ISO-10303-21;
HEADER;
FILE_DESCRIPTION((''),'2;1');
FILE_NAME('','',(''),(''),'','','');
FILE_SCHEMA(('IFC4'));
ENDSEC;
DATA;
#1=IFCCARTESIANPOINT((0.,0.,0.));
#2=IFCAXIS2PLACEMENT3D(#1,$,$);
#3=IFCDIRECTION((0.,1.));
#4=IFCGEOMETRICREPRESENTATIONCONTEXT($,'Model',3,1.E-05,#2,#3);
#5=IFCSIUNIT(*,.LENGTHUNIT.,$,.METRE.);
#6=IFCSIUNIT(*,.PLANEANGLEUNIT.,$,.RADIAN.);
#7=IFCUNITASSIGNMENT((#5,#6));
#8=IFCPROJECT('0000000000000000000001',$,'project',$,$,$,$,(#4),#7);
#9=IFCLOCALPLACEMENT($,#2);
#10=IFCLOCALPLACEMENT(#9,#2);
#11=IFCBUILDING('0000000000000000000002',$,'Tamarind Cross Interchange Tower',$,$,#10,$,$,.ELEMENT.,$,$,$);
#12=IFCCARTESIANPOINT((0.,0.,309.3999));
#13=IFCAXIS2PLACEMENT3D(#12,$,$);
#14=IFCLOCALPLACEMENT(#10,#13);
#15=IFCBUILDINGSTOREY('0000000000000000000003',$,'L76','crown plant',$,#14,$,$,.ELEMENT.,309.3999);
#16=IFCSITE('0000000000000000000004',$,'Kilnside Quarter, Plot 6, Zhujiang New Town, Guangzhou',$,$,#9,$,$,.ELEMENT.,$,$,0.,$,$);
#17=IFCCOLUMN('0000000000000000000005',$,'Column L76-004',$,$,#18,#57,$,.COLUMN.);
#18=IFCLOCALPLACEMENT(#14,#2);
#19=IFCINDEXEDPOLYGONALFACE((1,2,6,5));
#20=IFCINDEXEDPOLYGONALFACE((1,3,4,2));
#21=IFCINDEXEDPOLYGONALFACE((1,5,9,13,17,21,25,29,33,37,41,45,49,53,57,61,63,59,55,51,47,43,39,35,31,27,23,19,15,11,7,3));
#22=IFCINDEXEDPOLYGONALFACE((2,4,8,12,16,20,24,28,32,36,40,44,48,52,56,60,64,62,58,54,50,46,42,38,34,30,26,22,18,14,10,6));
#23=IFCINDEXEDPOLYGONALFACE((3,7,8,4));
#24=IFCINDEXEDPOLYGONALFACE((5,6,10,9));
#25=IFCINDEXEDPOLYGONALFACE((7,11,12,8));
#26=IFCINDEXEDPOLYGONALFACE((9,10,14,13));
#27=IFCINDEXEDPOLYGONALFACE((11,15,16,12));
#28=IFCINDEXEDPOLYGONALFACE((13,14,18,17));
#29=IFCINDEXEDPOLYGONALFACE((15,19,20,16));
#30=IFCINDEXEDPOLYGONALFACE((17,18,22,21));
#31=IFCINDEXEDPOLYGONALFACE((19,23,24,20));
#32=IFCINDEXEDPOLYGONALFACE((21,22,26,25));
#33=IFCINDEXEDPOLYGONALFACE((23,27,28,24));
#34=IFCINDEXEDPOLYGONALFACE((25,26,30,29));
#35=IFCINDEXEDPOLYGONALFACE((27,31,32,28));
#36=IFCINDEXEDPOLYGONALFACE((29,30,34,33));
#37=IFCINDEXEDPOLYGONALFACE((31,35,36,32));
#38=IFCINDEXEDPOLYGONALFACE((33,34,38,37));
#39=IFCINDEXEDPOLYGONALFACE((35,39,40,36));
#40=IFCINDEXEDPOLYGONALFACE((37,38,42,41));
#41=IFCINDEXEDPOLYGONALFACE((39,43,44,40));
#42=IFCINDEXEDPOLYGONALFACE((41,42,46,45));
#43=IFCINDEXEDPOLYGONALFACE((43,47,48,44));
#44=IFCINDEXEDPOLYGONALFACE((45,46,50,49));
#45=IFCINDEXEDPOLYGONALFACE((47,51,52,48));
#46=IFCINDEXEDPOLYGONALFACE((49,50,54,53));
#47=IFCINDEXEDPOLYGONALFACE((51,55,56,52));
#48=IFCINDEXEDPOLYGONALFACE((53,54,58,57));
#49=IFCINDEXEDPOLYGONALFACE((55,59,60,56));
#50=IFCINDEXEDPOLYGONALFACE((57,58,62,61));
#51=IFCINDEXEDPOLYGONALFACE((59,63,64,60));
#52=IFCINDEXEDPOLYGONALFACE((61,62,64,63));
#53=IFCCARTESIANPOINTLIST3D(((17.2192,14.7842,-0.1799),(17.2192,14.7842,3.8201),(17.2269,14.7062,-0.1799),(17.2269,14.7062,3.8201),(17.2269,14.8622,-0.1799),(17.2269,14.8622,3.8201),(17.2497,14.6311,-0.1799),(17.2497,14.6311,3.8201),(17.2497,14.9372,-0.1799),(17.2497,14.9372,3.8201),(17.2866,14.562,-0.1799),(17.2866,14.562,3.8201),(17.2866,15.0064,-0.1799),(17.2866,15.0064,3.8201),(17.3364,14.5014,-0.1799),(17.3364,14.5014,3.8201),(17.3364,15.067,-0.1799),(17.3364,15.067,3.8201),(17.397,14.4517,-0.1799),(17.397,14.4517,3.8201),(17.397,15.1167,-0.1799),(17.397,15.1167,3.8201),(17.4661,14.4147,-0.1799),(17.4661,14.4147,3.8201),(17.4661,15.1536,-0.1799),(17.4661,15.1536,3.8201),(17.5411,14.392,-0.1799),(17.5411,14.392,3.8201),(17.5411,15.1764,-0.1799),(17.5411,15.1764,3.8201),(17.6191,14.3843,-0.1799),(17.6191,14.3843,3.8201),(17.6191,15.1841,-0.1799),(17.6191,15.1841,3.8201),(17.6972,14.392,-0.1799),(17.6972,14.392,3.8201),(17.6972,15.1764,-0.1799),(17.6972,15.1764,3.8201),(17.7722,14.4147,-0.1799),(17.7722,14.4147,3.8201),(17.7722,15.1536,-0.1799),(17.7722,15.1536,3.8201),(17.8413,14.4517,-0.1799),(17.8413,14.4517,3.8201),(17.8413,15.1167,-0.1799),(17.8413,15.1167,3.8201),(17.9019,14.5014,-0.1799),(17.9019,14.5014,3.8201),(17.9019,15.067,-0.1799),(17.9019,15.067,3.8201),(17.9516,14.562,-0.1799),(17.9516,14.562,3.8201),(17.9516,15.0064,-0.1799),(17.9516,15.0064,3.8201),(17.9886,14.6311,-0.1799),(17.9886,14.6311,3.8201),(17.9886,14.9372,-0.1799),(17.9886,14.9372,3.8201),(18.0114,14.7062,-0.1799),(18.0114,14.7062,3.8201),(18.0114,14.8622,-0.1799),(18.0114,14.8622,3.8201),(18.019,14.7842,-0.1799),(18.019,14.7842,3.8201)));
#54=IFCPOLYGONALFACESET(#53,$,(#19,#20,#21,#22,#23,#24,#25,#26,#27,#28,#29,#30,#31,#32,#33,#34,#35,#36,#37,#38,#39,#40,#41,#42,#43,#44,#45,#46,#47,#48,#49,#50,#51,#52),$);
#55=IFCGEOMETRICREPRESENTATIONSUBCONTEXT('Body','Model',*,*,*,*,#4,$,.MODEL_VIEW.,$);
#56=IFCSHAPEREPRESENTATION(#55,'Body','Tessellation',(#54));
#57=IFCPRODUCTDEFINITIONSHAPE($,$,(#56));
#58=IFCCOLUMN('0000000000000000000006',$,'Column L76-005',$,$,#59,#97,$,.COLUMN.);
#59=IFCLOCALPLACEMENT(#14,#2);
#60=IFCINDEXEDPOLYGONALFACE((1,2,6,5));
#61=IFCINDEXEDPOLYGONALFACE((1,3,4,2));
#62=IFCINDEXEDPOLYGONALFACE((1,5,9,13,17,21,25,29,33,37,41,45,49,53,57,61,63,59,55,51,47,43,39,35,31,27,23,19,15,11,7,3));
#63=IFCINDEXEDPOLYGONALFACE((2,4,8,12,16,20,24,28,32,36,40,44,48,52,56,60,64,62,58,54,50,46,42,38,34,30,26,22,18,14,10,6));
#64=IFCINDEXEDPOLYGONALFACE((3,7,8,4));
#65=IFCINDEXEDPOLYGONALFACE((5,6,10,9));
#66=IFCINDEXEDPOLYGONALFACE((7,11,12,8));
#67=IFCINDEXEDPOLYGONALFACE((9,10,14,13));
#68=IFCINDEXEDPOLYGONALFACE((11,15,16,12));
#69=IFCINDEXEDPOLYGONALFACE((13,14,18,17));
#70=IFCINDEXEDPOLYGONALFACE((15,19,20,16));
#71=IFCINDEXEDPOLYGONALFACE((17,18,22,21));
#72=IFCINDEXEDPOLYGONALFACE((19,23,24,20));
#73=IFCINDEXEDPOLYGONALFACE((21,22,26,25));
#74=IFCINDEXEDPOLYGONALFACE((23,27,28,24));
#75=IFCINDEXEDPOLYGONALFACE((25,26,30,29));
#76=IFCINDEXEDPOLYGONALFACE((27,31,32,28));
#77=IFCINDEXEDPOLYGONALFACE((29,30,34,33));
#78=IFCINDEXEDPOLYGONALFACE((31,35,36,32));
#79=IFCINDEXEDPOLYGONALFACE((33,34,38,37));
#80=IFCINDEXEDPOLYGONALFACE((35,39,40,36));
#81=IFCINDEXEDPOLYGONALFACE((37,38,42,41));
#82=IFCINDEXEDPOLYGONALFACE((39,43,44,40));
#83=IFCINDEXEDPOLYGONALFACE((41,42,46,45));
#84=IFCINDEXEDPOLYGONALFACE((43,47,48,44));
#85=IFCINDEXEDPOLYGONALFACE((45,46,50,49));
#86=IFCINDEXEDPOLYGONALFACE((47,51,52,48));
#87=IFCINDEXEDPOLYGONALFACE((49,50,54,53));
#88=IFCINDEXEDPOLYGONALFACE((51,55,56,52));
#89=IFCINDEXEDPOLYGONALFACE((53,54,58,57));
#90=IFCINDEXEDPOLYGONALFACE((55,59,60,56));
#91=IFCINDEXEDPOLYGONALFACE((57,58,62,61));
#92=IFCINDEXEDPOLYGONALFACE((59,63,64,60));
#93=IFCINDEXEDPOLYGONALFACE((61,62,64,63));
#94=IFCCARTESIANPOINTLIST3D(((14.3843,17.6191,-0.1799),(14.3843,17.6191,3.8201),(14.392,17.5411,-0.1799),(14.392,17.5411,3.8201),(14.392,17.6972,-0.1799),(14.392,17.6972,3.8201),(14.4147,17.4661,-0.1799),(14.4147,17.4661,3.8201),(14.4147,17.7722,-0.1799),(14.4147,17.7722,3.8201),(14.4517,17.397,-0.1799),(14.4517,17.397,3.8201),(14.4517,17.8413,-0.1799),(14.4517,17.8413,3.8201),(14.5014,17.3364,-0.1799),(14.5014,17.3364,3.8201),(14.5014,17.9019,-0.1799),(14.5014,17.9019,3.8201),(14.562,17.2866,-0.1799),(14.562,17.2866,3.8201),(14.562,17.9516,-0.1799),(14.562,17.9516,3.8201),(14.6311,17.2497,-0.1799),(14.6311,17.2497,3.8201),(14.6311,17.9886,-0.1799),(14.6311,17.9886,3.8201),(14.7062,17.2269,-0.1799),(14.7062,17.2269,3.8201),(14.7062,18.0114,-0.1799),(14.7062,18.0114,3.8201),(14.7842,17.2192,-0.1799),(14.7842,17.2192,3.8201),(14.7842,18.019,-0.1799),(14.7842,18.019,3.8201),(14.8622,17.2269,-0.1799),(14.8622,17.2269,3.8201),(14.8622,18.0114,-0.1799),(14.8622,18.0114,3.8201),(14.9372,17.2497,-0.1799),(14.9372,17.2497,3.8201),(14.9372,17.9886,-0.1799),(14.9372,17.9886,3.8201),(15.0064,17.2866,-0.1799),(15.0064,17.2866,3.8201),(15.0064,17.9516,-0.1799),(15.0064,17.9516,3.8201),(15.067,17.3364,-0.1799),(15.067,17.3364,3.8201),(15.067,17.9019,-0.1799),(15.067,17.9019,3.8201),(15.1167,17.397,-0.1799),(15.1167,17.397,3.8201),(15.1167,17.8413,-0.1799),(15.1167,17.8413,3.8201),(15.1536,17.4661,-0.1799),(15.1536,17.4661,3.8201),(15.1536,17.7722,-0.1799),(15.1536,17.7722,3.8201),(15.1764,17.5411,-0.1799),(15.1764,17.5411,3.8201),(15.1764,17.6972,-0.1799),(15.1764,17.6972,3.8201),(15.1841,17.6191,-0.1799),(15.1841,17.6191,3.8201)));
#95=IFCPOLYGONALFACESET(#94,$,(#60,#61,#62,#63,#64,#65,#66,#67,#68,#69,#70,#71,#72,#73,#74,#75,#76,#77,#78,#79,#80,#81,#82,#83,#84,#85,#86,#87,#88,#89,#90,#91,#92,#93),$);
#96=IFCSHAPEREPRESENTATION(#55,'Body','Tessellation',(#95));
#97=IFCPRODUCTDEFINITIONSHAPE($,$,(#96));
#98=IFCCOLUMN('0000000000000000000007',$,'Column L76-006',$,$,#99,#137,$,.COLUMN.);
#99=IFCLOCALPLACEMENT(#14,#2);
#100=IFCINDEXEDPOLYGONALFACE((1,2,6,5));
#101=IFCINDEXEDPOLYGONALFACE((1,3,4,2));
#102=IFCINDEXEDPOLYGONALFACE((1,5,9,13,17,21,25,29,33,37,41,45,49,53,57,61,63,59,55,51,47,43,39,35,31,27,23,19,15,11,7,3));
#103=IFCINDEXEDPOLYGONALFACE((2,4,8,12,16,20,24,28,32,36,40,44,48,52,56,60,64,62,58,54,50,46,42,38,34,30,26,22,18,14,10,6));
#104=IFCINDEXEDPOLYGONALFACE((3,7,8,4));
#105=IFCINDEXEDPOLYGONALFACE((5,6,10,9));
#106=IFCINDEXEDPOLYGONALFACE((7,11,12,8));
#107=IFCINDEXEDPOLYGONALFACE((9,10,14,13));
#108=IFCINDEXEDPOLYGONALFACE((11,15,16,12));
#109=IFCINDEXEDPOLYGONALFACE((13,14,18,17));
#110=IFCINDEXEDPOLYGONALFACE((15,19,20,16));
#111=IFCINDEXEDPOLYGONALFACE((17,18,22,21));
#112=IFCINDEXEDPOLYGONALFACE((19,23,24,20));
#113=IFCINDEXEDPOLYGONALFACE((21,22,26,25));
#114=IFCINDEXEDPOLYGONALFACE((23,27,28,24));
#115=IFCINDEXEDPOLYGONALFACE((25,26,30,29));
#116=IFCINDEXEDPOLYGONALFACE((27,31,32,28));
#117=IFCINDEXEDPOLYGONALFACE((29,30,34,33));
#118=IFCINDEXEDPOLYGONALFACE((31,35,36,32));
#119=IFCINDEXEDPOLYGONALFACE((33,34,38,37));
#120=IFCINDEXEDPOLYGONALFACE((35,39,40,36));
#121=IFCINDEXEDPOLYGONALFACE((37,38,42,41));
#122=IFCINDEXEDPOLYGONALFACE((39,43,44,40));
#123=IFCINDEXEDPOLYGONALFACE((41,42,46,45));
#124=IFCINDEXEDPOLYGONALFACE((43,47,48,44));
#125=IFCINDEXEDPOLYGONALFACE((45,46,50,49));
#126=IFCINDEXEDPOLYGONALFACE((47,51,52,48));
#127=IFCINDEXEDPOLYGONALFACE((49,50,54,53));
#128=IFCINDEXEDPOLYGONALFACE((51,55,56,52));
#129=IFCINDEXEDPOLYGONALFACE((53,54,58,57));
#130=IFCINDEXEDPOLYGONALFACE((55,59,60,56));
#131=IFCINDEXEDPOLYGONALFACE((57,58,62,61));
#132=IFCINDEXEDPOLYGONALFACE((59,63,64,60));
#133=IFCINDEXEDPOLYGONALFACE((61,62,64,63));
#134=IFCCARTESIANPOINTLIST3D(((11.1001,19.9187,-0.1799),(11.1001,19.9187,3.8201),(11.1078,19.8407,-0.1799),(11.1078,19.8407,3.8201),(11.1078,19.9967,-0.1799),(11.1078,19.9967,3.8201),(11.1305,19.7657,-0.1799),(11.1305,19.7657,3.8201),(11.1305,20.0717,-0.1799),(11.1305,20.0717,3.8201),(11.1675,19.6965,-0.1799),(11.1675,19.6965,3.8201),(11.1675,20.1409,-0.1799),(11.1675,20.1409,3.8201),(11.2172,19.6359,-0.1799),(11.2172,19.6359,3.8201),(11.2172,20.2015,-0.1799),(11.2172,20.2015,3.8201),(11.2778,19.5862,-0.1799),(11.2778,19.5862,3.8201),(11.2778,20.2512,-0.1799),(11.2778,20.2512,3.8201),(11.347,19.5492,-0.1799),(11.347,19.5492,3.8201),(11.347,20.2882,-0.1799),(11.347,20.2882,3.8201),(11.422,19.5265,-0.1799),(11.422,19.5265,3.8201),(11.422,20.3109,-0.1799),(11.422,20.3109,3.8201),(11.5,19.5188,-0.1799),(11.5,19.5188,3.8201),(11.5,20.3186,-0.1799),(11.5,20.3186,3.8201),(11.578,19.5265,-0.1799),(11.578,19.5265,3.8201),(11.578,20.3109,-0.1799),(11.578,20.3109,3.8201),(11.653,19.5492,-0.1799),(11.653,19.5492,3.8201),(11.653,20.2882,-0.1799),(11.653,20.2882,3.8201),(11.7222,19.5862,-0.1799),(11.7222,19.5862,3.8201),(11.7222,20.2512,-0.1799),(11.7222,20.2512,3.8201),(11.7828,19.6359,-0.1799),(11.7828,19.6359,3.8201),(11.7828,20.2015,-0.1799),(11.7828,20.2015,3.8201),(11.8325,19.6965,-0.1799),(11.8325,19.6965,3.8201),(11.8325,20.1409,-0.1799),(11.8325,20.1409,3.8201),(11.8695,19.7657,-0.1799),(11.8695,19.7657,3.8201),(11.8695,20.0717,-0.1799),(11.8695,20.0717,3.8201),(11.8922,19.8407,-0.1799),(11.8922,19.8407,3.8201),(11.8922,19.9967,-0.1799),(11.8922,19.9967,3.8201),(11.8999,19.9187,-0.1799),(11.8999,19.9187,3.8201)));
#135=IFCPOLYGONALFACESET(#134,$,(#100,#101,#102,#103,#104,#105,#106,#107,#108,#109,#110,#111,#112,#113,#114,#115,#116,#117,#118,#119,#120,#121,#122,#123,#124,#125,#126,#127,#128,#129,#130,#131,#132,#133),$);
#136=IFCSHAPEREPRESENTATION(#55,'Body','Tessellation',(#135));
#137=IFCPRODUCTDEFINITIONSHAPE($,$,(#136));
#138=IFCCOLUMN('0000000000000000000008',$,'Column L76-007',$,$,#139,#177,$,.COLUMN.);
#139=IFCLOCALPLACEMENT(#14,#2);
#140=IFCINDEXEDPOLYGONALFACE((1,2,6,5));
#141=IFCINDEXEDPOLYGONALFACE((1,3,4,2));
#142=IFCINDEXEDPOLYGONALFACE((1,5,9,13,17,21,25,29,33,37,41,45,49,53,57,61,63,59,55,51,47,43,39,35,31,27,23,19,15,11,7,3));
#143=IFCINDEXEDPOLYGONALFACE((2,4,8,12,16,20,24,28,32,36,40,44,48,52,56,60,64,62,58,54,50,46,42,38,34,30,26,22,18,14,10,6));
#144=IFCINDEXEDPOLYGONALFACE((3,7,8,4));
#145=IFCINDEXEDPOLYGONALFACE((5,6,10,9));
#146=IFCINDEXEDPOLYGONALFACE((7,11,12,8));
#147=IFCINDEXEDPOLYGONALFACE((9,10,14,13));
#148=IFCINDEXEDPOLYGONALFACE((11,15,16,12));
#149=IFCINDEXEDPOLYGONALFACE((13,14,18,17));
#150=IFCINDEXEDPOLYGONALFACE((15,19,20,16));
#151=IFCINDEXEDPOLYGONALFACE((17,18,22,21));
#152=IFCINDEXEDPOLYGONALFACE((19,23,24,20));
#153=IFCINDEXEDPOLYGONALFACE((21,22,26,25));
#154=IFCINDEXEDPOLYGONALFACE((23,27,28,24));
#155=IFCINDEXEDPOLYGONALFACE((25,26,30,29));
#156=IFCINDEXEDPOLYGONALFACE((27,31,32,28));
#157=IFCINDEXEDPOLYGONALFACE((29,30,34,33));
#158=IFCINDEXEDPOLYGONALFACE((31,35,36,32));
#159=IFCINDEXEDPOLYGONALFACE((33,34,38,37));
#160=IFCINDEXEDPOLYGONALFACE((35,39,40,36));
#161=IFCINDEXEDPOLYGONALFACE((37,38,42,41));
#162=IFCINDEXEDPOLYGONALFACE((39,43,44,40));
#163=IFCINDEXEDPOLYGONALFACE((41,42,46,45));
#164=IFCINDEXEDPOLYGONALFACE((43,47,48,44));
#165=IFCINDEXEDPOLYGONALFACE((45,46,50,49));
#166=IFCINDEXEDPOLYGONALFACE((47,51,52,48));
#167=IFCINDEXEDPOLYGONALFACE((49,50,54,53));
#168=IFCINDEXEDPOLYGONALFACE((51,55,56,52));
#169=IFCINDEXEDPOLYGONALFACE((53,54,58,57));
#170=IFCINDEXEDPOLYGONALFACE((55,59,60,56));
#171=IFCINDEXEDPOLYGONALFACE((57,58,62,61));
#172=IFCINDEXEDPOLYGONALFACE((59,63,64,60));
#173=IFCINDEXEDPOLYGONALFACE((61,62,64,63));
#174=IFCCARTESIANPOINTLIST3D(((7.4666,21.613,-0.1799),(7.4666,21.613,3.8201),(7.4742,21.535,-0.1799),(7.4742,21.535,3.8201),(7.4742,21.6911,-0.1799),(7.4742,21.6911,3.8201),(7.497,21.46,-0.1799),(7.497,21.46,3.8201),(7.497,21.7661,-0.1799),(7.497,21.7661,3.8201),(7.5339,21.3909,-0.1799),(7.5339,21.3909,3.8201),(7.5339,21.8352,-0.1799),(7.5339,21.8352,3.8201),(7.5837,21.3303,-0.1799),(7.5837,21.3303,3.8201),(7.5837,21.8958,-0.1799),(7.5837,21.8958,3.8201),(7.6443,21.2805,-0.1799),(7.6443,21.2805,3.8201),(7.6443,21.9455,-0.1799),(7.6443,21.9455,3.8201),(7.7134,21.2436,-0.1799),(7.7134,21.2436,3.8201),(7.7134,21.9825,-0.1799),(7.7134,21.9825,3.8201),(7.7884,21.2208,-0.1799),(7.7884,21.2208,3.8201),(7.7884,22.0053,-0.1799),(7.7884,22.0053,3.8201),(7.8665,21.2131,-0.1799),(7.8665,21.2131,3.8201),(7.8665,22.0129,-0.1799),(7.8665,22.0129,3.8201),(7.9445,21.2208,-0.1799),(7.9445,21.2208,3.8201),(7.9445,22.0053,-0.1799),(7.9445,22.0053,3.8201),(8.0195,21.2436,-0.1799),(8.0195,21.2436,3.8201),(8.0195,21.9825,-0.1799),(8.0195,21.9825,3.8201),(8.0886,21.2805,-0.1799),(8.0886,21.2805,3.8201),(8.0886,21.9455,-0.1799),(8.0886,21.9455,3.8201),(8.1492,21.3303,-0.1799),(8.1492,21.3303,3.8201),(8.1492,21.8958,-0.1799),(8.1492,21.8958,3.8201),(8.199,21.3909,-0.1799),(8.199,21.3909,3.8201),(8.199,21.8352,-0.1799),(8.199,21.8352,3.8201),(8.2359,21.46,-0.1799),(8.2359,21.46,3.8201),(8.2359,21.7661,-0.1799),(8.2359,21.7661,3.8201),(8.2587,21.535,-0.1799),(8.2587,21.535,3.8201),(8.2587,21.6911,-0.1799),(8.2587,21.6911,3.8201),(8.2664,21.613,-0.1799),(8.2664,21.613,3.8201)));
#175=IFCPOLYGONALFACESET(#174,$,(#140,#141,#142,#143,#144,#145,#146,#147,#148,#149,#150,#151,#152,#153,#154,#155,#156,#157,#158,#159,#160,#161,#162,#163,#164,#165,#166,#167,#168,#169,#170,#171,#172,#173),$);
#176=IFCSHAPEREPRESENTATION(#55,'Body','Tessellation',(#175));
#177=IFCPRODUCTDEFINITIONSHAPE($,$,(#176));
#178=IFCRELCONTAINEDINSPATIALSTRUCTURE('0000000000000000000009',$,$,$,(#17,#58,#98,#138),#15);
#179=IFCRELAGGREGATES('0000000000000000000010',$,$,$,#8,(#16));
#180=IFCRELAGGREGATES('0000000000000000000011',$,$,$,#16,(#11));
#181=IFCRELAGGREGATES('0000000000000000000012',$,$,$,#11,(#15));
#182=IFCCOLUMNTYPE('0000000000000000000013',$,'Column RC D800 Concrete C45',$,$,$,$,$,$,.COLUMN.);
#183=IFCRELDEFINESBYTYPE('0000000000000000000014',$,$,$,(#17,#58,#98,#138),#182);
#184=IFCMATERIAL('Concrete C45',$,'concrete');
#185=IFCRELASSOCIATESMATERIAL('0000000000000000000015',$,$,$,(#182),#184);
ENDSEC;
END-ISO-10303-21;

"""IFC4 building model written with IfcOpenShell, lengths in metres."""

from ifc_helpers import new_model, si_unit, direction, frame, origin, origin_2d, place, context, subcontext, project, spatial, circle, extrude, material, material_profile, profile_set, type_object, element, save


model = new_model("IFC4")

# Units and contexts
model_context = context("Model", 3, precision=1e-05, world=origin(), true_north=direction((0.0, 1.0)))
body_context = subcontext(model_context, "Body", "Model", "MODEL_VIEW")
ifc_project = project(units=[si_unit("LENGTHUNIT", "METRE"), si_unit("PLANEANGLEUNIT", "RADIAN")], contexts=[model_context])

# Site, building, storey
site_placement = place(None, origin())
site = spatial("IfcSite", under=ifc_project, at=site_placement, Name="Kilnside Quarter, Plot 6, Zhujiang New Town, Guangzhou", CompositionType="ELEMENT", RefElevation=0.0)
building_placement = place(site_placement, origin())
building = spatial("IfcBuilding", under=site, at=building_placement, Name="Tamarind Cross Interchange Tower", CompositionType="ELEMENT")
storey_placement = place(building_placement, frame((0.0, 0.0, 309.3999)))
storey = spatial("IfcBuildingStorey", under=building, at=storey_placement, Name="L76", Description="crown plant", CompositionType="ELEMENT", Elevation=309.3999)

# Columns
ifc_material_1 = material(Name="Concrete C45", Category="concrete")
ifc_material_profile_1 = material_profile(ifc_material_1, circle(Radius=0.3999, at=origin_2d()), Name="RC D800")
ifc_profile_set_1 = profile_set([ifc_material_profile_1], Name="Concrete C45")
column_type = type_object("IfcColumnType", Name="Column RC D800 Concrete C45", PredefinedType="COLUMN", material=ifc_profile_set_1)
for number, where, z_axis, x_axis, name in (
    (1, (17.6191, 14.7842, -0.1799), (0.0, 0.0, 1.0), (1.0, 0.0, 0.0), "Column L76-004"),
    (2, (14.7842, 17.6191, -0.1799), (0.0, 0.0, 1.0), (1.0, 0.0, 0.0), "Column L76-005"),
    (3, (11.5, 19.9187, -0.1799), (0.0, 0.0, 1.0), (1.0, 0.0, 0.0), "Column L76-006"),
    (4, (7.8665, 21.613, -0.1799), (0.0, 0.0, 1.0), (1.0, 0.0, 0.0), "Column L76-007"),
):
    element("IfcColumn", number, at=place(storey_placement, frame(where, z_axis=z_axis, x_axis=x_axis)), inside=storey, type_object=column_type, Name=name, PredefinedType="COLUMN", context=body_context, shape_type="SweptSolid", body=[
        extrude(circle(Radius=0.3999, at=origin_2d()), origin(), (0.0, 0.0, 1.0), 4.0),
    ])

save(model, "model.ifc")
